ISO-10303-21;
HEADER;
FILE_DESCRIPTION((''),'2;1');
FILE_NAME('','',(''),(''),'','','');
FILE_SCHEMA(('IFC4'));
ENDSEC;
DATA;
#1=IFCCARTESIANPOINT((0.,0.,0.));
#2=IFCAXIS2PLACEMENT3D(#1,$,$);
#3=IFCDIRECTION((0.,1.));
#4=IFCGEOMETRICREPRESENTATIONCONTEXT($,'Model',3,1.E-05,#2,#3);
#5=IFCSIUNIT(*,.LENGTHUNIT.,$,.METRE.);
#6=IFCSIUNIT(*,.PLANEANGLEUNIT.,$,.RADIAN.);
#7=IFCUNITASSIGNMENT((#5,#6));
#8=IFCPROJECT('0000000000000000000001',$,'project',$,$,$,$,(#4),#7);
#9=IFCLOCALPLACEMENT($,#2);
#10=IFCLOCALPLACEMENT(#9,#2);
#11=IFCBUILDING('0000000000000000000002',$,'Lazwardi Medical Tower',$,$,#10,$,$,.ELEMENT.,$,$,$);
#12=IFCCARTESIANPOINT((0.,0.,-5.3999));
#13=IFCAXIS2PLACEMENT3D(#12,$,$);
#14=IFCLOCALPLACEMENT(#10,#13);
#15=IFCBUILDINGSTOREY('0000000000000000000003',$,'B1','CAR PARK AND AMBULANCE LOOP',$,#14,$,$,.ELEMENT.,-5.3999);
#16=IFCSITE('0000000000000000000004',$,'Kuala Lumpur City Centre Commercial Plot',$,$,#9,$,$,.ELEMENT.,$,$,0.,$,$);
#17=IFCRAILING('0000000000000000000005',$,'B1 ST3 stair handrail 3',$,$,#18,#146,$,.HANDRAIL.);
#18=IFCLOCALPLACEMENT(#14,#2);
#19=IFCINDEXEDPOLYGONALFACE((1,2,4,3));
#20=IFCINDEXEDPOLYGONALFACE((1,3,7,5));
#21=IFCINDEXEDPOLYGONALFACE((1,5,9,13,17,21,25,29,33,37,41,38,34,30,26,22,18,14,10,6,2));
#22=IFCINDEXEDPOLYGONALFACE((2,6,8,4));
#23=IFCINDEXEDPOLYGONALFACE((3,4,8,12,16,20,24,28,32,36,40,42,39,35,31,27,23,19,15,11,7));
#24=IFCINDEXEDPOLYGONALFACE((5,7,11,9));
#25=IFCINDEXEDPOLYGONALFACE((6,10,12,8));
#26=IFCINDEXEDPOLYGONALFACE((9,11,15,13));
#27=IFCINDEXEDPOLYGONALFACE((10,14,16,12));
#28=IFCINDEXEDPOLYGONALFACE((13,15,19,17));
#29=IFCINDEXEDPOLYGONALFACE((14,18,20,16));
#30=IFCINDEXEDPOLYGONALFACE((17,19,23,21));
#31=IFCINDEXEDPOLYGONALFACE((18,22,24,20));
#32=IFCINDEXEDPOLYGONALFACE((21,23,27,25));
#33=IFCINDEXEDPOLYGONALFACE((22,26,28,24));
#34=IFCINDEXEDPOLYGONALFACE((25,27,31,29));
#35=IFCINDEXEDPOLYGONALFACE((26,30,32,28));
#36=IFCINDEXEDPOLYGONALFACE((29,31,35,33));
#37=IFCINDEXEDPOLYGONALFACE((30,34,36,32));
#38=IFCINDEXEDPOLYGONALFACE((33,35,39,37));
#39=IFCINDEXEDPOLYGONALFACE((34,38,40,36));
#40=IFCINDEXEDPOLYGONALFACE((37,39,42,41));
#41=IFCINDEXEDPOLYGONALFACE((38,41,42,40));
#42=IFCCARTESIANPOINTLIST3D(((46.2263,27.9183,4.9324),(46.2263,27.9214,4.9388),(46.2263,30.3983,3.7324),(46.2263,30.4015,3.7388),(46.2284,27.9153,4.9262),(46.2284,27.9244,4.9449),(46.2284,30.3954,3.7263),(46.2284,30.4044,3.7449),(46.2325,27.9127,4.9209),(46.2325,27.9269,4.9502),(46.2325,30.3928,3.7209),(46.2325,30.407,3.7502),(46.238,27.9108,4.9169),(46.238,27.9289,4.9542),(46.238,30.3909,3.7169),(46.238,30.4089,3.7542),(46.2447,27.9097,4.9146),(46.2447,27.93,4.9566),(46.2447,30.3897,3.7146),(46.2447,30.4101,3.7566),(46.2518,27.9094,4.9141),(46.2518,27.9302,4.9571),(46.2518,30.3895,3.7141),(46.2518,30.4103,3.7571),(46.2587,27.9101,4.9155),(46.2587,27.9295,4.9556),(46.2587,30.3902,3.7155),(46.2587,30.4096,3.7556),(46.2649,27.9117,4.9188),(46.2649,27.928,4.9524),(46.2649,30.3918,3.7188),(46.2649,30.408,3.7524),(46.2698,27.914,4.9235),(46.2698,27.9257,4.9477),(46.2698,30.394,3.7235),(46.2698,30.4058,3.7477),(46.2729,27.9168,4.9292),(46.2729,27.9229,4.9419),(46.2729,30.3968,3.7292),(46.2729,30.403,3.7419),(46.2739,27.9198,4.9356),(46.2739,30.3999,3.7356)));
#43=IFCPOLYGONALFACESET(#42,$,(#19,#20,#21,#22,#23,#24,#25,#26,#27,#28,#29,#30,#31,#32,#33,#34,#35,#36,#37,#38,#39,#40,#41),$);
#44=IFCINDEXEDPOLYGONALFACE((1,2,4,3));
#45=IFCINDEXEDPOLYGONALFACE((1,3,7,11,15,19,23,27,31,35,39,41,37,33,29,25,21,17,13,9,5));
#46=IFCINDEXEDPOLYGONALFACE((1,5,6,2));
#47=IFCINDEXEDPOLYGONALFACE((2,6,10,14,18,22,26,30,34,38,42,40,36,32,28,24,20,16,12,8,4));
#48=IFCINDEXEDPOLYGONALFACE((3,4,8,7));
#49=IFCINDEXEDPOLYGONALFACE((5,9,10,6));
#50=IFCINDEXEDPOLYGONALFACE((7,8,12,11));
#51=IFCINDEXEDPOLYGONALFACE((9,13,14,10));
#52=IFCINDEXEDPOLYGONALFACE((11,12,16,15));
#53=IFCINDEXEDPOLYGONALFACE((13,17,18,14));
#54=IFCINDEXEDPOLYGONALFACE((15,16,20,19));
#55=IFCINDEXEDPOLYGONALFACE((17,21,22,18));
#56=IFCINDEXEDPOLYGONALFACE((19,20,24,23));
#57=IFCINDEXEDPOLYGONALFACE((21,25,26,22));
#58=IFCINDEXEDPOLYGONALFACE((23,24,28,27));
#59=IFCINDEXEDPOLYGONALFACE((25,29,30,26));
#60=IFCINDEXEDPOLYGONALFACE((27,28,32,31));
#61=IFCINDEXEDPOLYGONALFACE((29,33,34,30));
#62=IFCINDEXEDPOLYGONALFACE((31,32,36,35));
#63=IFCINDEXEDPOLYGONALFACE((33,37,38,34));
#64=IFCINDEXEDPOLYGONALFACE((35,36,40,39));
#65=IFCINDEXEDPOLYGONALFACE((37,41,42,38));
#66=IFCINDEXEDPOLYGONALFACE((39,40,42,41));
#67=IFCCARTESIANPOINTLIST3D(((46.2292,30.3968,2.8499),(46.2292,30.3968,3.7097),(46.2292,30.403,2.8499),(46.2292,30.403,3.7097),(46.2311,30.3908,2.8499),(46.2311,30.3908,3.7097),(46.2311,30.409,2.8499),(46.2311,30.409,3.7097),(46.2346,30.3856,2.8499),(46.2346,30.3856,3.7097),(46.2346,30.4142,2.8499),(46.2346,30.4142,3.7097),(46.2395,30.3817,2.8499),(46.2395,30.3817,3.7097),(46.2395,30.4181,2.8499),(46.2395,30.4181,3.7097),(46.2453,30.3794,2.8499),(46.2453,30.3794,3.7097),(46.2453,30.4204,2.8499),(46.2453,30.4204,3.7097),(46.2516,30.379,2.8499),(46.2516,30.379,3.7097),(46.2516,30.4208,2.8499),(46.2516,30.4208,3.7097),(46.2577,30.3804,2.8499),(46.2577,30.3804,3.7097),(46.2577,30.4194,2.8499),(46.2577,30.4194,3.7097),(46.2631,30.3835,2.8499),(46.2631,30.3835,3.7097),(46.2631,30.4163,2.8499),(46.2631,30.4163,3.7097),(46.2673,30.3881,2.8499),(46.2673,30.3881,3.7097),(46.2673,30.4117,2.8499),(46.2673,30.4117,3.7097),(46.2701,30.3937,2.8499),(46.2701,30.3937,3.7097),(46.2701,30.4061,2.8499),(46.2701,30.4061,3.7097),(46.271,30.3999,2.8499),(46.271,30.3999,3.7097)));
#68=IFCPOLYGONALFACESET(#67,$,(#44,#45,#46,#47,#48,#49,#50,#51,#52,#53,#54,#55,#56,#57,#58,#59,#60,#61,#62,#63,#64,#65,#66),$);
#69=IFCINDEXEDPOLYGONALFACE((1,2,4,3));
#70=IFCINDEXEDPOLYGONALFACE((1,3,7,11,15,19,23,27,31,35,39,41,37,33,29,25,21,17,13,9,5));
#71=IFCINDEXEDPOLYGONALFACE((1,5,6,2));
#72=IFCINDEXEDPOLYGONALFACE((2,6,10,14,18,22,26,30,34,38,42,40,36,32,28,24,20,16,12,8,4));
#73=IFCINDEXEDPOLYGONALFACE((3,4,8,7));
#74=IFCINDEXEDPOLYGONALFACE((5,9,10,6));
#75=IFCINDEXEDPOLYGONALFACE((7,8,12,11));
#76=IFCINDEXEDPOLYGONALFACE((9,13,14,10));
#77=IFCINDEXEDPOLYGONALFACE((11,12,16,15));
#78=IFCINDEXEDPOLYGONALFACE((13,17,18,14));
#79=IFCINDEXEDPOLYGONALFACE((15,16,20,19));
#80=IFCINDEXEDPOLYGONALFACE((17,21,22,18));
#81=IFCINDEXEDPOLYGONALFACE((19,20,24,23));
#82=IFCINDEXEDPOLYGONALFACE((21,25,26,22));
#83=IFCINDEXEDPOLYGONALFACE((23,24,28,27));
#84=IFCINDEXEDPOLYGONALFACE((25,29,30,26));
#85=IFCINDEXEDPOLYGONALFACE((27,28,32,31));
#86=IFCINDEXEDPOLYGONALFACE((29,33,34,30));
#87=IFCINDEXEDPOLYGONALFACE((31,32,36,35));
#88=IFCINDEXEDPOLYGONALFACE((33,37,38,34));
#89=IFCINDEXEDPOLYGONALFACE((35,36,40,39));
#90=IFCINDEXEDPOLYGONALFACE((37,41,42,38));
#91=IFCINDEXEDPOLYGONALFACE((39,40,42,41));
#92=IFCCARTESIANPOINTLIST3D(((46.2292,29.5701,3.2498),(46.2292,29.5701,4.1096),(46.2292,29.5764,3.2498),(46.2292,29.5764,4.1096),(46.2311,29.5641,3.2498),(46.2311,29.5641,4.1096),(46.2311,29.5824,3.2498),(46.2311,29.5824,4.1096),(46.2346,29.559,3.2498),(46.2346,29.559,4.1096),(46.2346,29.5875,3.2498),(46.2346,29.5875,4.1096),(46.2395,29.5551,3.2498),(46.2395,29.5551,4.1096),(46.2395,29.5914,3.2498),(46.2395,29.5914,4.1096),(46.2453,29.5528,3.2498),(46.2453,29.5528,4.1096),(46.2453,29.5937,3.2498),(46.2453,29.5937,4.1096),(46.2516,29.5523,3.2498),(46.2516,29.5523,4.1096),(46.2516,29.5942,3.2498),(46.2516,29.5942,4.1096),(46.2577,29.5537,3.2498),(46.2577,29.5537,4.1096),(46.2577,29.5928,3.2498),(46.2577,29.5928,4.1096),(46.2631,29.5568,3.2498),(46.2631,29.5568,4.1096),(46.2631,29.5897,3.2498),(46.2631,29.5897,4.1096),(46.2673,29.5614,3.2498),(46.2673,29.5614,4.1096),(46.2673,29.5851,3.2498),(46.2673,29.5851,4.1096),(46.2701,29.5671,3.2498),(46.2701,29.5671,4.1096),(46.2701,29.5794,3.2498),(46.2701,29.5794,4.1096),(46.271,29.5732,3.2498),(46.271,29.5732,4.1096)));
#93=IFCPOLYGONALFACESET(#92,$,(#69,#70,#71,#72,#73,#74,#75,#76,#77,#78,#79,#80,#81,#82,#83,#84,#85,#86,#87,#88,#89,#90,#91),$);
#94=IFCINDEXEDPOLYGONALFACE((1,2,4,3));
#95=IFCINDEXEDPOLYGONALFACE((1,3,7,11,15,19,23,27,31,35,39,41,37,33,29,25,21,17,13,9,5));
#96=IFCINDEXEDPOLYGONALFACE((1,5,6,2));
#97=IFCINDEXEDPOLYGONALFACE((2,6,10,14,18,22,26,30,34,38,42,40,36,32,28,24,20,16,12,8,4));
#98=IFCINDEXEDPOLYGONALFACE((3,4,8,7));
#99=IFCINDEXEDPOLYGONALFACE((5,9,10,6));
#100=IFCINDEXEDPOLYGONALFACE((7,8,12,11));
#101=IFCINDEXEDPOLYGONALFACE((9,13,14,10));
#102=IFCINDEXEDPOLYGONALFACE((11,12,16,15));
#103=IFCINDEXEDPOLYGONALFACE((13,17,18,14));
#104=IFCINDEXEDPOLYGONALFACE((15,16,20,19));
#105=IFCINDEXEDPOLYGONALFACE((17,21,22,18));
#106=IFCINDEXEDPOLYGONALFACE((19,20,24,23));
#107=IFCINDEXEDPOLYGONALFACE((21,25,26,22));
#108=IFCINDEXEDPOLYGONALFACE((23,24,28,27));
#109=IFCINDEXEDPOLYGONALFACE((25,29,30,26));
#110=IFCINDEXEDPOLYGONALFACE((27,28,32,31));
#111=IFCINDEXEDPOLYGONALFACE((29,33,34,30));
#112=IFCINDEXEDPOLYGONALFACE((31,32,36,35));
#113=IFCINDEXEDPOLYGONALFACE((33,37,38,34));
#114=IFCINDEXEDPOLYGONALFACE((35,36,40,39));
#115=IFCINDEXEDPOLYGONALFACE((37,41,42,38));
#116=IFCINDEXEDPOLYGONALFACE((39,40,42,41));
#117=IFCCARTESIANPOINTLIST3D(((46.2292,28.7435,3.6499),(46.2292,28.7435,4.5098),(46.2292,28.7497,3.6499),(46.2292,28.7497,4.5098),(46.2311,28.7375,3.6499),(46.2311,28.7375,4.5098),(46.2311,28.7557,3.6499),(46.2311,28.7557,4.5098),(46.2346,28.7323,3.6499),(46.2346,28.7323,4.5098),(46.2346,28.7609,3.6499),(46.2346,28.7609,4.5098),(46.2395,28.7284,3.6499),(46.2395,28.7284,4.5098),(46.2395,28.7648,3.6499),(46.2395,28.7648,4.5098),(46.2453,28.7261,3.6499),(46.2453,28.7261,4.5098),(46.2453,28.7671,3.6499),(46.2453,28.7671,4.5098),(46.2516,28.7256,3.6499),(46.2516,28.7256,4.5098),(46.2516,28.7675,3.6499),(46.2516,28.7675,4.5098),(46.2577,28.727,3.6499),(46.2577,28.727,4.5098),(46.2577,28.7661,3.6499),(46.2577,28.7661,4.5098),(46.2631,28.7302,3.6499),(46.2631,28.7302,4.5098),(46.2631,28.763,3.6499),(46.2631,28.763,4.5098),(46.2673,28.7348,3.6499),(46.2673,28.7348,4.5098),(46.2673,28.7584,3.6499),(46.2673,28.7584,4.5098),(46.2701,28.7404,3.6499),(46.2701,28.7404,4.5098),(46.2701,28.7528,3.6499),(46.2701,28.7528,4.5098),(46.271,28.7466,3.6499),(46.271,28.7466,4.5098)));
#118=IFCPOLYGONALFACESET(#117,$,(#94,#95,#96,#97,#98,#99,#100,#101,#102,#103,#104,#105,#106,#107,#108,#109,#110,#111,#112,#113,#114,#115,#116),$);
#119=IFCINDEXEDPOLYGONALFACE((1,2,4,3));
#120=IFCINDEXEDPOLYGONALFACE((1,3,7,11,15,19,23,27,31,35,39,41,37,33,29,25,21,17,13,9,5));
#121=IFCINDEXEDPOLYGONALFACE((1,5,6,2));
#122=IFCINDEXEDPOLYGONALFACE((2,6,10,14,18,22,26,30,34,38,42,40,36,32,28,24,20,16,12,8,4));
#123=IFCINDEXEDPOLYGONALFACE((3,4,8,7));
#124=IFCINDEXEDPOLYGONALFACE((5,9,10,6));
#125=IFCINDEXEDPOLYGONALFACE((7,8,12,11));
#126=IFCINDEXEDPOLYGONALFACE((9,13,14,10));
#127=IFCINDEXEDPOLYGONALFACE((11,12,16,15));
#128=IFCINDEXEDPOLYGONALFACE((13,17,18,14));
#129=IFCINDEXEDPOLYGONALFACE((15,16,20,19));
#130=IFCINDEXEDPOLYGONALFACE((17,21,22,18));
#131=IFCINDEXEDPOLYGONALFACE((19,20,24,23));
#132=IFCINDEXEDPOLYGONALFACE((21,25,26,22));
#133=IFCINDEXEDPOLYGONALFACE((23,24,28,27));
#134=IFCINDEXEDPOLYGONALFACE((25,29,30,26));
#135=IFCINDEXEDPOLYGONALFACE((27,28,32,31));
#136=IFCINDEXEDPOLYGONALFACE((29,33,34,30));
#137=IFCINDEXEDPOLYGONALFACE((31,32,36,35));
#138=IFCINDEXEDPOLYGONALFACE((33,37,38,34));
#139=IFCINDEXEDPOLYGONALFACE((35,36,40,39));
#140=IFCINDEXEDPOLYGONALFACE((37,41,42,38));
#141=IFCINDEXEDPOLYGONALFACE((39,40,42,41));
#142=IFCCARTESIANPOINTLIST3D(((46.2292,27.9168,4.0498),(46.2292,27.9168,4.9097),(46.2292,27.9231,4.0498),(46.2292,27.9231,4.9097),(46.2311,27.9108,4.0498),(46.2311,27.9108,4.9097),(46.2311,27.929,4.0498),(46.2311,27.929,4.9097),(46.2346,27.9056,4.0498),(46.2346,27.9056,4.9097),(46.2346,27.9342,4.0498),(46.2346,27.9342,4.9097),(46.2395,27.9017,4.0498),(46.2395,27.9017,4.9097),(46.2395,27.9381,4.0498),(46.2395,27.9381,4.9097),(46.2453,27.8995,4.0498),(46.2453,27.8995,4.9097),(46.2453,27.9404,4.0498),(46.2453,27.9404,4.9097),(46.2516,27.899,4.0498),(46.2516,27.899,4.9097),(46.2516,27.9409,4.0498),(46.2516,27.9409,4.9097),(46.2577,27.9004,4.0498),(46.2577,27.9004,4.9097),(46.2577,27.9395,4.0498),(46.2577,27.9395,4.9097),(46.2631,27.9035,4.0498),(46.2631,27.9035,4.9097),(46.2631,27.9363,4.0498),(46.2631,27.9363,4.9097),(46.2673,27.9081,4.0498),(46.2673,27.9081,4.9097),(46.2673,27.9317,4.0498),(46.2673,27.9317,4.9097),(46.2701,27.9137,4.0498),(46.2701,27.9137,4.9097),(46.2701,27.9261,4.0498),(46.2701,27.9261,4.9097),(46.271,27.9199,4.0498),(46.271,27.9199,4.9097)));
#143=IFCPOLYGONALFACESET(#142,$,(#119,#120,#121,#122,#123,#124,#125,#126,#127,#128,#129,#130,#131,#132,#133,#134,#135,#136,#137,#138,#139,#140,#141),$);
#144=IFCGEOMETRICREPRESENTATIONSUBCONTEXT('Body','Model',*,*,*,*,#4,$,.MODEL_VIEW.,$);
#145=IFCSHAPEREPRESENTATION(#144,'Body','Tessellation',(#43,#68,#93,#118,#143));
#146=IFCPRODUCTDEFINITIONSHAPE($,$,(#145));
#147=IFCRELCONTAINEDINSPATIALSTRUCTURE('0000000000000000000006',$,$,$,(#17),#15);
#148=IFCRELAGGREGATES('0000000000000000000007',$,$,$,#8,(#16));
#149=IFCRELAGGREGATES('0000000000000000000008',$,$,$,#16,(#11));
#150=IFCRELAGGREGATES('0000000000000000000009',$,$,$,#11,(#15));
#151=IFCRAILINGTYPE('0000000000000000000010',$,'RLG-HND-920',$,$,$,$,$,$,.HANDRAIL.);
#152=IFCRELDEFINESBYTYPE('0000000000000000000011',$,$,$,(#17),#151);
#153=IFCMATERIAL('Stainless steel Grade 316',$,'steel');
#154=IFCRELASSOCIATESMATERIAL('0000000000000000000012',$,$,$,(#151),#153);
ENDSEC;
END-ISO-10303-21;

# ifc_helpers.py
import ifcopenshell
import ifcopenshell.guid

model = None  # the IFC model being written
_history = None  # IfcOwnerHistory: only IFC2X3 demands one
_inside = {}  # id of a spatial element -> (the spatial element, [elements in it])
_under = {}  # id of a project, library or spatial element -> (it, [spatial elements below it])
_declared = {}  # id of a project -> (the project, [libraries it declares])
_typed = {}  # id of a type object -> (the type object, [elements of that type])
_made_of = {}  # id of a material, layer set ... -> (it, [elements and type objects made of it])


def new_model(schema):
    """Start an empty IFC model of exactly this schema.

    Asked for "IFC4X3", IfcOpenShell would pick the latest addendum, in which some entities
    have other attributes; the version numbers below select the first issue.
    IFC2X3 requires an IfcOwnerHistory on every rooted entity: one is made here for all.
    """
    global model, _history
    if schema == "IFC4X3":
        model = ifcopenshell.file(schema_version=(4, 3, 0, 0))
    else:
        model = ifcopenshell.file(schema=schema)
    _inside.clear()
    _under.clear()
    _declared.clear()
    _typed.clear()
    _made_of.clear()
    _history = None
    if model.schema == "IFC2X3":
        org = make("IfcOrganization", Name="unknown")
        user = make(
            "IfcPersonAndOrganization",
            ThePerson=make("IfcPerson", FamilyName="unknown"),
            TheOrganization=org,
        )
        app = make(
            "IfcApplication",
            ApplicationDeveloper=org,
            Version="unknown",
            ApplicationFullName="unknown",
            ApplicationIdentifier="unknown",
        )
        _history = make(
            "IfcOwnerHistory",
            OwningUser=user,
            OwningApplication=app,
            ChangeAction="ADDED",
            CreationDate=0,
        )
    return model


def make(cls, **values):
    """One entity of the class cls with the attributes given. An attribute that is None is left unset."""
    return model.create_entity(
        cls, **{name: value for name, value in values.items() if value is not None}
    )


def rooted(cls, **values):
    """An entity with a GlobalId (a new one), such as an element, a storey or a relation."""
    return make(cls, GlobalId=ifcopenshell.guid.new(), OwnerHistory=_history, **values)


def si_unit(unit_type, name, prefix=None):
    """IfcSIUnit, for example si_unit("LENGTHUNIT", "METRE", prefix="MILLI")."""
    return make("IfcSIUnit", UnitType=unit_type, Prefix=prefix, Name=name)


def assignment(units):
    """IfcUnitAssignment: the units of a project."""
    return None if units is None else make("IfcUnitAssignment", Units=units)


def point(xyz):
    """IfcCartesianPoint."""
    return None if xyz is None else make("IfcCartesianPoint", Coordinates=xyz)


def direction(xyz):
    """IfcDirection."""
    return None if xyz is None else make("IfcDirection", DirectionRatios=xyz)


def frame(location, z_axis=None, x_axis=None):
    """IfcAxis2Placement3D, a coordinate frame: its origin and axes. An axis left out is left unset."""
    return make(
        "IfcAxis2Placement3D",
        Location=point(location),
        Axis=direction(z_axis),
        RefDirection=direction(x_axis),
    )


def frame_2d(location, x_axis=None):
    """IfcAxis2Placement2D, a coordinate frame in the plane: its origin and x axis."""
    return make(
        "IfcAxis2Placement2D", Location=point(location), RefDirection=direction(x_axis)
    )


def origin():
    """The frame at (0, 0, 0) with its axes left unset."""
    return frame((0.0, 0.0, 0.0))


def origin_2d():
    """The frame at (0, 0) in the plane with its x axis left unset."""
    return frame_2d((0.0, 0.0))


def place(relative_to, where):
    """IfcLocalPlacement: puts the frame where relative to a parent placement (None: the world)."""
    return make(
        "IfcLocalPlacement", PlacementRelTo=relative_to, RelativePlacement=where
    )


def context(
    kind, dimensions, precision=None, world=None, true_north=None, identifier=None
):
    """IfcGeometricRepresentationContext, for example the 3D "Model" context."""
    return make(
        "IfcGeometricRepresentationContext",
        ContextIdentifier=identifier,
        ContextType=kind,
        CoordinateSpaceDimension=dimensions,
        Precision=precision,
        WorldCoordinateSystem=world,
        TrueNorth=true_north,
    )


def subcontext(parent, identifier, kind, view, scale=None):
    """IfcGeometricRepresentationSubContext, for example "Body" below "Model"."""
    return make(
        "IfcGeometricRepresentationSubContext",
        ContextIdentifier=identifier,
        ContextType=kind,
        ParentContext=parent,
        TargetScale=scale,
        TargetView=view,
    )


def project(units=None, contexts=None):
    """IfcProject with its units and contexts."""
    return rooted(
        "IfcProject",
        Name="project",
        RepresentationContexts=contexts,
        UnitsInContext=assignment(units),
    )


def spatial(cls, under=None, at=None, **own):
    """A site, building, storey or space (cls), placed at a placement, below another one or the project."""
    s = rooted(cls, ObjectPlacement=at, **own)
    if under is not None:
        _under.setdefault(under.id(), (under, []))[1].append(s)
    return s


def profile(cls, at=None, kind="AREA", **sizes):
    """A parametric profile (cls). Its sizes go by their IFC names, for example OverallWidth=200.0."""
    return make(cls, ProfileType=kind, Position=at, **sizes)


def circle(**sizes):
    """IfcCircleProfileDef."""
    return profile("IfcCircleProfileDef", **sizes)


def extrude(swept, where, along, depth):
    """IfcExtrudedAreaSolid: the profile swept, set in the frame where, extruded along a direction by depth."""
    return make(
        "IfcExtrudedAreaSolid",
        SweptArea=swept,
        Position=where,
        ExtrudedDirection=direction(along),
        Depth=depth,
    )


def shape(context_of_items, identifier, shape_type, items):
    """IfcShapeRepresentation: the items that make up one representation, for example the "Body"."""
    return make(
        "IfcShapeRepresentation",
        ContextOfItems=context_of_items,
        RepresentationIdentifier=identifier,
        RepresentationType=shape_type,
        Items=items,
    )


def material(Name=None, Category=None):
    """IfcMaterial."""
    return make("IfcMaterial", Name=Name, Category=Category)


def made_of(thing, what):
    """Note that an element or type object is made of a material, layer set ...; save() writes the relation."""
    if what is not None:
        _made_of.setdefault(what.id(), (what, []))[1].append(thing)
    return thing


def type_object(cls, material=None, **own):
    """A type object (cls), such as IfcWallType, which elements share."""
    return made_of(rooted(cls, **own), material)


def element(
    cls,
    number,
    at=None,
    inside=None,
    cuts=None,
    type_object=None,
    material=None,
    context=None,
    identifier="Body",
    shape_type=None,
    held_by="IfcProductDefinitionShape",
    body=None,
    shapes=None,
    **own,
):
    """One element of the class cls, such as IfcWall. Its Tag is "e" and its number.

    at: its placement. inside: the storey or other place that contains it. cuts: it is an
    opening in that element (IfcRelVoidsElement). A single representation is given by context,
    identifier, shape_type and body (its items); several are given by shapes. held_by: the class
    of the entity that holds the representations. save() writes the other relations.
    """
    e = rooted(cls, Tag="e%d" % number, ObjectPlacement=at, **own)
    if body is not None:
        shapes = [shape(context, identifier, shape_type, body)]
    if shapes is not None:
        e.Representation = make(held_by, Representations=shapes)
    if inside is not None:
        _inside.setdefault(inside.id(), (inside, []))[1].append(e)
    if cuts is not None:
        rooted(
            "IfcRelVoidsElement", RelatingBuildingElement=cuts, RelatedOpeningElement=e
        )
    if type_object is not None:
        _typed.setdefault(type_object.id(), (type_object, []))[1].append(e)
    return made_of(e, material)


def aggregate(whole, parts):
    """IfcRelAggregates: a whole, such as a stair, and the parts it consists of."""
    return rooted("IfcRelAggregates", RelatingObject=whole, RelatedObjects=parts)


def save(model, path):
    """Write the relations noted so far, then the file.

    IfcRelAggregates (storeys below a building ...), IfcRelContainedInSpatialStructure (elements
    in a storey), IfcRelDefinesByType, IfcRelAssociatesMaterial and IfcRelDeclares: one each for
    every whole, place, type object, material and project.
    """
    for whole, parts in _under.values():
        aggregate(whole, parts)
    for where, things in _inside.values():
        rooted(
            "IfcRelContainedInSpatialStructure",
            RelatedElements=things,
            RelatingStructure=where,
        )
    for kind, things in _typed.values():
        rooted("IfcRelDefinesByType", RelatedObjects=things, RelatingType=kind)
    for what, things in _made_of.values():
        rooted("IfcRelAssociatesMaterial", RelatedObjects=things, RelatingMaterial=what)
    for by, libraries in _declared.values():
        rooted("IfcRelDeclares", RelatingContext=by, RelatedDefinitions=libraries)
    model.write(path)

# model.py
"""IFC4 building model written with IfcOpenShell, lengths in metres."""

from ifc_helpers import new_model, si_unit, direction, frame, origin, origin_2d, place, context, subcontext, project, spatial, circle, extrude, material, type_object, element, save


model = new_model("IFC4")

# Units and contexts
model_context = context("Model", 3, precision=1e-05, world=origin(), true_north=direction((0.0, 1.0)))
body_context = subcontext(model_context, "Body", "Model", "MODEL_VIEW")
ifc_project = project(units=[si_unit("LENGTHUNIT", "METRE"), si_unit("PLANEANGLEUNIT", "RADIAN")], contexts=[model_context])

# Site, building, storey
site_placement = place(None, origin())
site = spatial("IfcSite", under=ifc_project, at=site_placement, Name="Kuala Lumpur City Centre Commercial Plot", CompositionType="ELEMENT", RefElevation=0.0)
building_placement = place(site_placement, origin())
building = spatial("IfcBuilding", under=site, at=building_placement, Name="Lazwardi Medical Tower", CompositionType="ELEMENT")
storey_placement = place(building_placement, frame((0.0, 0.0, -5.3999)))
storey = spatial("IfcBuildingStorey", under=building, at=storey_placement, Name="B1", Description="CAR PARK AND AMBULANCE LOOP", CompositionType="ELEMENT", Elevation=-5.3999)

# Railing
ifc_material_1 = material(Name="Stainless steel Grade 316", Category="steel")
railing_type_1 = type_object("IfcRailingType", Name="RLG-HND-920", PredefinedType="HANDRAIL", material=ifc_material_1)
for number, where, name in (
    (1, (46.25, 30.3999, 2.8499), "B1 ST3 stair handrail 3"),
):
    element("IfcRailing", number, at=place(storey_placement, frame(where)), inside=storey, type_object=railing_type_1, Name=name, PredefinedType="HANDRAIL", context=body_context, shape_type="SweptSolid", body=[
        extrude(circle(Radius=0.0239, at=origin_2d()), frame((0.0, 0.0, 0.8857), z_axis=(0.0, -0.900165, 0.435549), x_axis=(1.0, 0.0, 0.0)), (0.0, 0.0, 1.0), 2.7551),
        extrude(circle(Radius=0.021, at=origin_2d()), origin(), (0.0, 0.0, 1.0), 0.8599),
        extrude(circle(Radius=0.021, at=origin_2d()), frame((0.0, -0.8267, 0.3999)), (0.0, 0.0, 1.0), 0.8599),
        extrude(circle(Radius=0.021, at=origin_2d()), frame((0.0, -1.6533, 0.8)), (0.0, 0.0, 1.0), 0.8599),
        extrude(circle(Radius=0.021, at=origin_2d()), frame((0.0, -2.48, 1.2)), (0.0, 0.0, 1.0), 0.8599),
    ])

save(model, "model.ifc")
